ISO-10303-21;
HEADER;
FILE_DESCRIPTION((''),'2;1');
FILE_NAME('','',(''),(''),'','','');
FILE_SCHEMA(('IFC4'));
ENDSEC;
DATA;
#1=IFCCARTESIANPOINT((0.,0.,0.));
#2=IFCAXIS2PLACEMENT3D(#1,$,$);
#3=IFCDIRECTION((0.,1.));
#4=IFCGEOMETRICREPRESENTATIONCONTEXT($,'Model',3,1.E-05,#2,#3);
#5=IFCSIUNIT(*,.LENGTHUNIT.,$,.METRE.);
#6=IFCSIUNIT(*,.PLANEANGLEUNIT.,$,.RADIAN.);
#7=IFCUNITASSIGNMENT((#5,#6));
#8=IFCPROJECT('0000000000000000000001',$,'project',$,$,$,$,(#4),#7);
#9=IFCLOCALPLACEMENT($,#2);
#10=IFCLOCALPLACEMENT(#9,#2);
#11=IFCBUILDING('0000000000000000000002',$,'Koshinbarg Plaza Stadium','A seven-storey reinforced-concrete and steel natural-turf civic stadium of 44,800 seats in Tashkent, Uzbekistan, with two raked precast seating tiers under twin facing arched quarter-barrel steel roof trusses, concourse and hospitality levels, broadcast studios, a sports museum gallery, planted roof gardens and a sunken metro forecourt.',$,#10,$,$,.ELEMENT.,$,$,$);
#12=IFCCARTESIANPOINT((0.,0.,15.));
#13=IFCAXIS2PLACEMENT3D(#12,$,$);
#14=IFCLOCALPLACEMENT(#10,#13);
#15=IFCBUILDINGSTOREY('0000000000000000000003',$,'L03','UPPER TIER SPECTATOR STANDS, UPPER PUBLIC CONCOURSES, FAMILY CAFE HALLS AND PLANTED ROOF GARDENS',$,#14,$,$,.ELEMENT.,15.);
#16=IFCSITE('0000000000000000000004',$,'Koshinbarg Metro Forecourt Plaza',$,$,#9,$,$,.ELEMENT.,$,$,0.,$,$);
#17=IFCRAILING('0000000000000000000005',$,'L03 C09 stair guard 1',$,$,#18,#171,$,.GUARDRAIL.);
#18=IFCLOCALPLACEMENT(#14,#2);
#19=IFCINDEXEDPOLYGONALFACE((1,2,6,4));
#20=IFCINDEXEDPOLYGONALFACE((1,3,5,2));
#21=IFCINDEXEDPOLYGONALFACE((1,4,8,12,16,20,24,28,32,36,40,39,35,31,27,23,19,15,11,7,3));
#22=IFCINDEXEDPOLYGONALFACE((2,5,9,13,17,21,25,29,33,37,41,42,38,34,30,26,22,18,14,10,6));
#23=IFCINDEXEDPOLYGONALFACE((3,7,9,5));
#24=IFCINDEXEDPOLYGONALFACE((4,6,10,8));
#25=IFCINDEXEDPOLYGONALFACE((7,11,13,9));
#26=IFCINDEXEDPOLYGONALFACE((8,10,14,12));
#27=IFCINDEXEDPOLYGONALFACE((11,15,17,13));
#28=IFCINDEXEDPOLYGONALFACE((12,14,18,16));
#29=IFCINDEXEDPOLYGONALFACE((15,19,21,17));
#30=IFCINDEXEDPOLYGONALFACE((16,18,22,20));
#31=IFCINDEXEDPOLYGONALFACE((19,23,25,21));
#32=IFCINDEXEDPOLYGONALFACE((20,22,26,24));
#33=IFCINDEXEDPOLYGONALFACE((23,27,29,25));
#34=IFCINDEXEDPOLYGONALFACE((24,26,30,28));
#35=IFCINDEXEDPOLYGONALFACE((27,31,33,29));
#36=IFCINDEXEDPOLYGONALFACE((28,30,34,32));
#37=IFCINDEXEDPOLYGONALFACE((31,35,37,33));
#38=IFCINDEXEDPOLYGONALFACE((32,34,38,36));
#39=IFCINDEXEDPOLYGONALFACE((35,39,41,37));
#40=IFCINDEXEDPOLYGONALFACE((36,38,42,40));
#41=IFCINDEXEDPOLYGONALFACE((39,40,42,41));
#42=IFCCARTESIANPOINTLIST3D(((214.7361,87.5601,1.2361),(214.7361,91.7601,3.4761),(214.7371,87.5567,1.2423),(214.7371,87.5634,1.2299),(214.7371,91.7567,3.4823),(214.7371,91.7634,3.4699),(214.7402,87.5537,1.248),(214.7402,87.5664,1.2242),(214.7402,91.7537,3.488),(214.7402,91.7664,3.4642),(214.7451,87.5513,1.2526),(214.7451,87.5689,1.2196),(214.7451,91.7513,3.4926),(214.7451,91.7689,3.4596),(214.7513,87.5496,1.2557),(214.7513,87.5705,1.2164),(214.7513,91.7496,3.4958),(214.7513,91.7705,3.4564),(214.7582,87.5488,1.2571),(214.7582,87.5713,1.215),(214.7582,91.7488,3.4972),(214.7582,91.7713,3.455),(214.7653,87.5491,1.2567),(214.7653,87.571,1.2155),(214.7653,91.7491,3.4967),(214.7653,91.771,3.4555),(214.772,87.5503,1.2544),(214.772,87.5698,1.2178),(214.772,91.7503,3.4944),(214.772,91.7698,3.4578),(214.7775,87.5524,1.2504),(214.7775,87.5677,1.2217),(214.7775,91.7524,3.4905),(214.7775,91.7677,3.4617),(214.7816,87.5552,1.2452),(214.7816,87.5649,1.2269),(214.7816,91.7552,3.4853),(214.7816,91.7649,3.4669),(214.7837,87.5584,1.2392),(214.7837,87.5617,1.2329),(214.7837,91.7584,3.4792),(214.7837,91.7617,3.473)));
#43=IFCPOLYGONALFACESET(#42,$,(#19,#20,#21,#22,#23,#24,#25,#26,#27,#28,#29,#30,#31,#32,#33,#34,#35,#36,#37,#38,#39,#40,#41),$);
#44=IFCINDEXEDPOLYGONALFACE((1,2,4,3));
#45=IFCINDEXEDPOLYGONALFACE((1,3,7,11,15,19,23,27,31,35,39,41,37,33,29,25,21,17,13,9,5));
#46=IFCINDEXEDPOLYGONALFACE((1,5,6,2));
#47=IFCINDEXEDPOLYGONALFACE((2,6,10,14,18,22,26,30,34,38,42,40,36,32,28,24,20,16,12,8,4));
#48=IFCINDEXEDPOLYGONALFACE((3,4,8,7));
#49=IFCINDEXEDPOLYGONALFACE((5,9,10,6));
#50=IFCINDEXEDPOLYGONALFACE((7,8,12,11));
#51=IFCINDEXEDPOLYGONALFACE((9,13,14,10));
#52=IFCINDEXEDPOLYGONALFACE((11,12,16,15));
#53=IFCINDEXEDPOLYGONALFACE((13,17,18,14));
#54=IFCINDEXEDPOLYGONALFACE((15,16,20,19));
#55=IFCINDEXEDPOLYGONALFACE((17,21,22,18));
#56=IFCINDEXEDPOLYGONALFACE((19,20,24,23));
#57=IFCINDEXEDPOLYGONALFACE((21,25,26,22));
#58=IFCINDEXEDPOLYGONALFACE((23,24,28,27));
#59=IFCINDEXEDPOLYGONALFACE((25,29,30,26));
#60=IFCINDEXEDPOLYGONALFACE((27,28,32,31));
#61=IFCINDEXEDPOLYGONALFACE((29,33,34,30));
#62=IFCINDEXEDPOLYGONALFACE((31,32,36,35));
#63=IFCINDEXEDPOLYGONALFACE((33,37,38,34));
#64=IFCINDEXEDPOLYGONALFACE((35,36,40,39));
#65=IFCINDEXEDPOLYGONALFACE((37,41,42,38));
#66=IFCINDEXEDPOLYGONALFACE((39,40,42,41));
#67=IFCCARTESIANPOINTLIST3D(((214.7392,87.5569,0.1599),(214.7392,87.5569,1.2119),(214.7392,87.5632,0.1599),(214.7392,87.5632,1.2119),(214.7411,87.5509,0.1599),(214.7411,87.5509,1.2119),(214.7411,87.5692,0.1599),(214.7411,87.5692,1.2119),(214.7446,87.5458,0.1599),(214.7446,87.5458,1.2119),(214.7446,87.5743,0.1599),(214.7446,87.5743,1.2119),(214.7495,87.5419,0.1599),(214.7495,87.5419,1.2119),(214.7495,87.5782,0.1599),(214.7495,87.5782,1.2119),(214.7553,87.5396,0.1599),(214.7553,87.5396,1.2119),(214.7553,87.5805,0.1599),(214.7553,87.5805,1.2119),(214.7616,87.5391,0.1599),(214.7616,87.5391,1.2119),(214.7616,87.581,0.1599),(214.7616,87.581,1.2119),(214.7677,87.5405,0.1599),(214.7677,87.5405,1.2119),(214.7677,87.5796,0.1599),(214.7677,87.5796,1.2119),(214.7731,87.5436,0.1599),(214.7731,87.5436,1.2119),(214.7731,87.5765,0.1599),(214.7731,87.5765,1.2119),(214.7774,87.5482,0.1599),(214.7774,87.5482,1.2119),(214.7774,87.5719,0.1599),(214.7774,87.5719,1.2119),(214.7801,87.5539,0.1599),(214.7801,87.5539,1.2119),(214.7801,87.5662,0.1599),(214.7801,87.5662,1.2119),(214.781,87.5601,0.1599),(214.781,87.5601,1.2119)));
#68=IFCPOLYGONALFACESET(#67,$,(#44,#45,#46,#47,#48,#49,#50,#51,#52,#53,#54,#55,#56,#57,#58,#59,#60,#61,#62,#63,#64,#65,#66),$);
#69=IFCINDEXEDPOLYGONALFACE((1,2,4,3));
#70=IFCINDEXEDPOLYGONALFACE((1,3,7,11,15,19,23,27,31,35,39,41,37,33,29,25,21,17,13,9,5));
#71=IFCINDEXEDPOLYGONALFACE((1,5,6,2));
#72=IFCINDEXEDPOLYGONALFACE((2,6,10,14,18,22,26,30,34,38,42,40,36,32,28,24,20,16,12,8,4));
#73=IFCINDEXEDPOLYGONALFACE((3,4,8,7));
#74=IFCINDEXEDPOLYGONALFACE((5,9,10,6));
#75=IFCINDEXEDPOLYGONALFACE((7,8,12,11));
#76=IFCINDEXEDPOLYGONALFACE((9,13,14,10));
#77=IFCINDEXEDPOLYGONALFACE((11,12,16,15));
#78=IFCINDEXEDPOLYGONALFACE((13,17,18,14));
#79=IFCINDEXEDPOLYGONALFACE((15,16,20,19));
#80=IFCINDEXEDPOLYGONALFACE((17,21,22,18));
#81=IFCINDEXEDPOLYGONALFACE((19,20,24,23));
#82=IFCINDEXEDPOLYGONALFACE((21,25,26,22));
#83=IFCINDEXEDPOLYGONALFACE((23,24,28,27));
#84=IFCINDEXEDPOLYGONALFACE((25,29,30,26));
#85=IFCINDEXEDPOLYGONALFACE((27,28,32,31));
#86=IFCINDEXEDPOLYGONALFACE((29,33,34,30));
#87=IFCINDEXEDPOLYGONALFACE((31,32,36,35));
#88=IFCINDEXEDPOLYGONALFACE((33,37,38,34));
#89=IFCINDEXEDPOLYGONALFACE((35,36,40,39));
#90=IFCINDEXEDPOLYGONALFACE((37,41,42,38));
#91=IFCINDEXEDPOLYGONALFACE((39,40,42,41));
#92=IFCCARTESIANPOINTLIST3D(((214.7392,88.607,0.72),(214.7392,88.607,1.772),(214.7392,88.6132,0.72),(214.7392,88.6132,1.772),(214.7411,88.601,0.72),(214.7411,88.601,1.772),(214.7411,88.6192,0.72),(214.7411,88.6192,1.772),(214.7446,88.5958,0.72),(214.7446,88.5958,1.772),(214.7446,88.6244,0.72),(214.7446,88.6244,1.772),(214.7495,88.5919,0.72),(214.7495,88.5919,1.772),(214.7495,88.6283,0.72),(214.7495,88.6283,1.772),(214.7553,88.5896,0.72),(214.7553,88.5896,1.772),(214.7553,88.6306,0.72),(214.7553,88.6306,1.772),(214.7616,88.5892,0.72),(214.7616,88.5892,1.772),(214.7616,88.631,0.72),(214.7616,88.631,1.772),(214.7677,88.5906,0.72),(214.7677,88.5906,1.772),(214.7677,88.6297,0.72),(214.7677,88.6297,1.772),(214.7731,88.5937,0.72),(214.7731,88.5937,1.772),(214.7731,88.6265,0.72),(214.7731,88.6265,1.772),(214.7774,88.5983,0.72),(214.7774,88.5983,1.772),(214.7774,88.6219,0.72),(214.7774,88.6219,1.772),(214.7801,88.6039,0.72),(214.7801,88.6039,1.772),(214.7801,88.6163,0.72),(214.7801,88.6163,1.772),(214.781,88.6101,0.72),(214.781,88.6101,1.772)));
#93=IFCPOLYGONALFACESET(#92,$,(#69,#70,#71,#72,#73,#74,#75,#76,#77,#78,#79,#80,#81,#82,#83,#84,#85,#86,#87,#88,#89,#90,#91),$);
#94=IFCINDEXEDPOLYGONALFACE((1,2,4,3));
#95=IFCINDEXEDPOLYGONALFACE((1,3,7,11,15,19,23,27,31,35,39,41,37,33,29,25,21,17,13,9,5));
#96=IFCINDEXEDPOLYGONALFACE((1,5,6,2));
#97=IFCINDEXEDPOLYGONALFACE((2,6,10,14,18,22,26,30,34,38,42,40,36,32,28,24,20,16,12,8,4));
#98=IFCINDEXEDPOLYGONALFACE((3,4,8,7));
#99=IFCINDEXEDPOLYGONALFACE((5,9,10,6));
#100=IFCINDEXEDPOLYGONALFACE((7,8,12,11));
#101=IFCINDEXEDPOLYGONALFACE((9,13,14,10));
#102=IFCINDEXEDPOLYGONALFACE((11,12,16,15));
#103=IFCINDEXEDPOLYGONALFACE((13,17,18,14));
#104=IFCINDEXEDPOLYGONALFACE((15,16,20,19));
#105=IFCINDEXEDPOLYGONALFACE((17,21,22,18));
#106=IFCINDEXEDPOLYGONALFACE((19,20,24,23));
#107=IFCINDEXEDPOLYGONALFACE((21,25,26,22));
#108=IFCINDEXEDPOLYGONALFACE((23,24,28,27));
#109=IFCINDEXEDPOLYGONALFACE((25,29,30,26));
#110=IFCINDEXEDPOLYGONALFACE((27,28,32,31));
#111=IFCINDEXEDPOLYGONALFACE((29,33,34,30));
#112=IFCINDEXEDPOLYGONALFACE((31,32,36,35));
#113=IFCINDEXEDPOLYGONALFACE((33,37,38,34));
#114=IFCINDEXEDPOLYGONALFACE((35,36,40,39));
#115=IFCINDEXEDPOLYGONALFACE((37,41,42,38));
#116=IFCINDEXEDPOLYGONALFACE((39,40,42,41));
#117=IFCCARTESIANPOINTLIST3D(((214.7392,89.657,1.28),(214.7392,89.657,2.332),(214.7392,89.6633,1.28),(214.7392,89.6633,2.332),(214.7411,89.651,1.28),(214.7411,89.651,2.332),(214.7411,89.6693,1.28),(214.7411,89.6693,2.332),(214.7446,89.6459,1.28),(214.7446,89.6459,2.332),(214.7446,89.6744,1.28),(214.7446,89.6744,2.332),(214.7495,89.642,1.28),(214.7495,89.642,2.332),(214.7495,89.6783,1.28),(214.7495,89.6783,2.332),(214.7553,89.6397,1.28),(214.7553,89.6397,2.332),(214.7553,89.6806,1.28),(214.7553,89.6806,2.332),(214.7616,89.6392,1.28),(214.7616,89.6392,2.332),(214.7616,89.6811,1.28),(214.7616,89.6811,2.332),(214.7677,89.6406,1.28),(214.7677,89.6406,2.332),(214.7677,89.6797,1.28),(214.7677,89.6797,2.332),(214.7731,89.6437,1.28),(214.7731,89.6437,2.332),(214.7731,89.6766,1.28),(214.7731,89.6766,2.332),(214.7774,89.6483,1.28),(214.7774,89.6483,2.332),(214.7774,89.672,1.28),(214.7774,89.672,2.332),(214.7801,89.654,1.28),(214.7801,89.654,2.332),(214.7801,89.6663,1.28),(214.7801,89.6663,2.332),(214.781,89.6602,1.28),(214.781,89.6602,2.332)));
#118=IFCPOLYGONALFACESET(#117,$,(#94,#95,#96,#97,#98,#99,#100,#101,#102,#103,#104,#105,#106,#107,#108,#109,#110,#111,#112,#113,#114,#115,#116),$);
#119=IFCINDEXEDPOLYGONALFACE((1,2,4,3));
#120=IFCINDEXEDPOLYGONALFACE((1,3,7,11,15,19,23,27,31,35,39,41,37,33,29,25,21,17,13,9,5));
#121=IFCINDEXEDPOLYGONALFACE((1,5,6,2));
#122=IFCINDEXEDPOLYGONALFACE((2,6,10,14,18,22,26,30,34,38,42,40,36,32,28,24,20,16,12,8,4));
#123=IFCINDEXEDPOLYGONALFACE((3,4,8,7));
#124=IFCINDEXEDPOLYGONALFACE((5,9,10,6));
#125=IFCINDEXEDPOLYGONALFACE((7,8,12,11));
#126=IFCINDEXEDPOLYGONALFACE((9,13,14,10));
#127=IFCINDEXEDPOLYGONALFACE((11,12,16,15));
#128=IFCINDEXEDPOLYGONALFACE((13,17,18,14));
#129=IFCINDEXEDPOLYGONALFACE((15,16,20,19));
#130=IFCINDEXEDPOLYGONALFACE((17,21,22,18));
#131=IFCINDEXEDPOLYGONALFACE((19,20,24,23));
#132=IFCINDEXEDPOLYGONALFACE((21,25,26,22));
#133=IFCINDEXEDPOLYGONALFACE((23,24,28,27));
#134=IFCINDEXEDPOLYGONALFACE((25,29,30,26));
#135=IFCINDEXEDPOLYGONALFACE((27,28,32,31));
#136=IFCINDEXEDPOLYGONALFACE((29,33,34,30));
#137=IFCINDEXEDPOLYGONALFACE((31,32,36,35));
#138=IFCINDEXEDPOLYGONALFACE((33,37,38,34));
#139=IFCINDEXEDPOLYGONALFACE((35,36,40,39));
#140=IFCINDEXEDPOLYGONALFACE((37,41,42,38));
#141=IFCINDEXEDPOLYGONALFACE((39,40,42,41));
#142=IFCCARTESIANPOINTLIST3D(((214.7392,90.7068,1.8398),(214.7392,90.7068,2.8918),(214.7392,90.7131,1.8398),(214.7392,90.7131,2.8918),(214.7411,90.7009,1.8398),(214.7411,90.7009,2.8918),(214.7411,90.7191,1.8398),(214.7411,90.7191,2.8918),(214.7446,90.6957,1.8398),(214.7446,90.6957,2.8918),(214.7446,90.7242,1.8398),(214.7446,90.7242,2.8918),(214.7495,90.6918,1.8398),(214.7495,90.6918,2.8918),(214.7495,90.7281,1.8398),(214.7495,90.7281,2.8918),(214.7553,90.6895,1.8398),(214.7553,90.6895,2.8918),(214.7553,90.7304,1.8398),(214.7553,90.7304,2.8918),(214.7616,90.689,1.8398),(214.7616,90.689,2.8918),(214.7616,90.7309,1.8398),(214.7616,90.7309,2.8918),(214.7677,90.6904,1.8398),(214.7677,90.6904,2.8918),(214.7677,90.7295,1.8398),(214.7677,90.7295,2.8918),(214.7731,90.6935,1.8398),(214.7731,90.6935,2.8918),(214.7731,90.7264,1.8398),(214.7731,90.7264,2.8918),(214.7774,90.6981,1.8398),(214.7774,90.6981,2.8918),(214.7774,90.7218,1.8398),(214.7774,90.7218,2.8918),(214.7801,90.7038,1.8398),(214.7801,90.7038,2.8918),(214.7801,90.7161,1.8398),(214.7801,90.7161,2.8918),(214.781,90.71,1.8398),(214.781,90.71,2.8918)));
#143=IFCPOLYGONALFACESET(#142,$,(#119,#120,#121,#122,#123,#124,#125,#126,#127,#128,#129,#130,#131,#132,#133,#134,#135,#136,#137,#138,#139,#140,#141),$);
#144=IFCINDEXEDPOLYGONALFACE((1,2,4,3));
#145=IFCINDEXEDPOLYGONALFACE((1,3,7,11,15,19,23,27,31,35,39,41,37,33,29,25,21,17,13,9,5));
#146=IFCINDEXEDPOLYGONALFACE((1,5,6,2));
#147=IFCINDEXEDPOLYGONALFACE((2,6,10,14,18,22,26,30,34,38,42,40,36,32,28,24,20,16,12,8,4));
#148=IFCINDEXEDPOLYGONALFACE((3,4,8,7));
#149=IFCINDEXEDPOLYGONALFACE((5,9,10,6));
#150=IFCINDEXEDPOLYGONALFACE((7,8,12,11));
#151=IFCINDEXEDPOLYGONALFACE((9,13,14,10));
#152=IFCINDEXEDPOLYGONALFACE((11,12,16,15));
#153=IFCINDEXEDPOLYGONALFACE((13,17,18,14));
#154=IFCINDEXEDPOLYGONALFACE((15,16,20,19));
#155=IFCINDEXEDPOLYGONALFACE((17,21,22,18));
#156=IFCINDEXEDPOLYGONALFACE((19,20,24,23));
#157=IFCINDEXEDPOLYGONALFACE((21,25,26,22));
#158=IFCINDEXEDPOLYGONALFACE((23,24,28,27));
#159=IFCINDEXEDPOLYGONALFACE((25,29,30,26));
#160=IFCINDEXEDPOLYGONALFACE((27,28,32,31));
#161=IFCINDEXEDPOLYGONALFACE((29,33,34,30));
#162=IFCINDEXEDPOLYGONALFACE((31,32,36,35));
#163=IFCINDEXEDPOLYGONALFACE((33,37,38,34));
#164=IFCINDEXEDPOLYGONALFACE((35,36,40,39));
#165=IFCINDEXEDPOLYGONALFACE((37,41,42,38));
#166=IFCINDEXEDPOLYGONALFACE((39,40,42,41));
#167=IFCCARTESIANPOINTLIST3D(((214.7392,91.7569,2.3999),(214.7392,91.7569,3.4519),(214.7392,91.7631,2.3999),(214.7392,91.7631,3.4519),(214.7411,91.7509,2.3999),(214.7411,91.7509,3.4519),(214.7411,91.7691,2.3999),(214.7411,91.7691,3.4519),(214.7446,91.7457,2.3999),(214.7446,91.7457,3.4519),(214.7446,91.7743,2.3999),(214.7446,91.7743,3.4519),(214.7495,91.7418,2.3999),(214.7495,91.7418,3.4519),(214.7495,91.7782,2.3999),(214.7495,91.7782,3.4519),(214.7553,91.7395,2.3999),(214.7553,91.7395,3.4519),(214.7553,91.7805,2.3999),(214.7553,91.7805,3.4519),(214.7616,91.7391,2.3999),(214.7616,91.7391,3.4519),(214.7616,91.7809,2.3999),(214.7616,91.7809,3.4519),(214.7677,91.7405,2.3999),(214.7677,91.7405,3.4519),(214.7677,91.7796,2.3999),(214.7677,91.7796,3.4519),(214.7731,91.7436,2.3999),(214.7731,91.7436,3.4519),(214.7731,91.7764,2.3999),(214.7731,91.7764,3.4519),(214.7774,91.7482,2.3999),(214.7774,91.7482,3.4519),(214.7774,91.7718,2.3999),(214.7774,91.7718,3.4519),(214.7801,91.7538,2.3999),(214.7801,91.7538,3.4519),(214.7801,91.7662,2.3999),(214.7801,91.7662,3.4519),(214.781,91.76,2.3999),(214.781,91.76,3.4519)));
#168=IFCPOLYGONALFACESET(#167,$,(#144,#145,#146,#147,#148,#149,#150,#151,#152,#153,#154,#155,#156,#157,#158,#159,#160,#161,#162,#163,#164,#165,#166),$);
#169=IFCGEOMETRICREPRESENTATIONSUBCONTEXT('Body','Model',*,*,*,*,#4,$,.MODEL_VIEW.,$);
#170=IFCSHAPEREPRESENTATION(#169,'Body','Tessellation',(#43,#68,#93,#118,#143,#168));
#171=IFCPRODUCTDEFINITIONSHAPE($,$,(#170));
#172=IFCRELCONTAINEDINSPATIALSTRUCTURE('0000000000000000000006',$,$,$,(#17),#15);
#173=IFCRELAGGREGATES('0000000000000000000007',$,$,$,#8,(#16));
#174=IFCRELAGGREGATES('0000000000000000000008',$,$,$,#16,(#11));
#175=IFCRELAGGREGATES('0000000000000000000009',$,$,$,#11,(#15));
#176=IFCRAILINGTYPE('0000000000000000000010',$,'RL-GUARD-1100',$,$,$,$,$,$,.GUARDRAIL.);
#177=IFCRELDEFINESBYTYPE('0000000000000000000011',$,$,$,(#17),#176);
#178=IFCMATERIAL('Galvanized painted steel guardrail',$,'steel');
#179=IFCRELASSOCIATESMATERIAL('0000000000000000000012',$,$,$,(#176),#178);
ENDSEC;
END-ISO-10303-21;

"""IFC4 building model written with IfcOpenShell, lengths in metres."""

from ifc_helpers import new_model, si_unit, direction, frame, origin, origin_2d, place, context, subcontext, project, spatial, circle, extrude, material, type_object, element, save


model = new_model("IFC4")

# Units and contexts
model_context = context("Model", 3, precision=1e-05, world=origin(), true_north=direction((0.0, 1.0)))
body_context = subcontext(model_context, "Body", "Model", "MODEL_VIEW")
ifc_project = project(units=[si_unit("LENGTHUNIT", "METRE"), si_unit("PLANEANGLEUNIT", "RADIAN")], contexts=[model_context])

# Site, building, storey
site_placement = place(None, origin())
site = spatial("IfcSite", under=ifc_project, at=site_placement, Name="Koshinbarg Metro Forecourt Plaza", CompositionType="ELEMENT", RefElevation=0.0)
building_placement = place(site_placement, origin())
building = spatial("IfcBuilding", under=site, at=building_placement, Name="Koshinbarg Plaza Stadium", Description="A seven-storey reinforced-concrete and steel natural-turf civic stadium of 44,800 seats in Tashkent, Uzbekistan, with two raked precast seating tiers under twin facing arched quarter-barrel steel roof trusses, concourse and hospitality levels, broadcast studios, a sports museum gallery, planted roof gardens and a sunken metro forecourt.", CompositionType="ELEMENT")
storey_placement = place(building_placement, frame((0.0, 0.0, 15.0)))
storey = spatial("IfcBuildingStorey", under=building, at=storey_placement, Name="L03", Description="UPPER TIER SPECTATOR STANDS, UPPER PUBLIC CONCOURSES, FAMILY CAFE HALLS AND PLANTED ROOF GARDENS", CompositionType="ELEMENT", Elevation=15.0)

# Railing
ifc_material_1 = material(Name="Galvanized painted steel guardrail", Category="steel")
railing_type_1 = type_object("IfcRailingType", Name="RL-GUARD-1100", PredefinedType="GUARDRAIL", material=ifc_material_1)
railing_1_placement = place(storey_placement, frame((214.76, 87.5601, 0.1599)))
element("IfcRailing", 1, at=railing_1_placement, inside=storey, type_object=railing_type_1, Name="L03 C09 stair guard 1", PredefinedType="GUARDRAIL", context=body_context, shape_type="SweptSolid", body=[
    extrude(circle(Radius=0.0239, at=origin_2d()), frame((0.0, 0.0, 1.0762), z_axis=(0.0, 0.882352, 0.470591), x_axis=(-1.0, 0.0, 0.0)), (0.0, 0.0, 1.0), 4.76),
    extrude(circle(Radius=0.021, at=origin_2d()), origin(), (0.0, 0.0, 1.0), 1.052),
    extrude(circle(Radius=0.021, at=origin_2d()), frame((0.0, 1.05, 0.5601)), (0.0, 0.0, 1.0), 1.052),
    extrude(circle(Radius=0.021, at=origin_2d()), frame((0.0, 2.1001, 1.1201)), (0.0, 0.0, 1.0), 1.052),
    extrude(circle(Radius=0.021, at=origin_2d()), frame((0.0, 3.1499, 1.6799)), (0.0, 0.0, 1.0), 1.052),
    extrude(circle(Radius=0.021, at=origin_2d()), frame((0.0, 4.2, 2.24)), (0.0, 0.0, 1.0), 1.052),
])

save(model, "model.ifc")
